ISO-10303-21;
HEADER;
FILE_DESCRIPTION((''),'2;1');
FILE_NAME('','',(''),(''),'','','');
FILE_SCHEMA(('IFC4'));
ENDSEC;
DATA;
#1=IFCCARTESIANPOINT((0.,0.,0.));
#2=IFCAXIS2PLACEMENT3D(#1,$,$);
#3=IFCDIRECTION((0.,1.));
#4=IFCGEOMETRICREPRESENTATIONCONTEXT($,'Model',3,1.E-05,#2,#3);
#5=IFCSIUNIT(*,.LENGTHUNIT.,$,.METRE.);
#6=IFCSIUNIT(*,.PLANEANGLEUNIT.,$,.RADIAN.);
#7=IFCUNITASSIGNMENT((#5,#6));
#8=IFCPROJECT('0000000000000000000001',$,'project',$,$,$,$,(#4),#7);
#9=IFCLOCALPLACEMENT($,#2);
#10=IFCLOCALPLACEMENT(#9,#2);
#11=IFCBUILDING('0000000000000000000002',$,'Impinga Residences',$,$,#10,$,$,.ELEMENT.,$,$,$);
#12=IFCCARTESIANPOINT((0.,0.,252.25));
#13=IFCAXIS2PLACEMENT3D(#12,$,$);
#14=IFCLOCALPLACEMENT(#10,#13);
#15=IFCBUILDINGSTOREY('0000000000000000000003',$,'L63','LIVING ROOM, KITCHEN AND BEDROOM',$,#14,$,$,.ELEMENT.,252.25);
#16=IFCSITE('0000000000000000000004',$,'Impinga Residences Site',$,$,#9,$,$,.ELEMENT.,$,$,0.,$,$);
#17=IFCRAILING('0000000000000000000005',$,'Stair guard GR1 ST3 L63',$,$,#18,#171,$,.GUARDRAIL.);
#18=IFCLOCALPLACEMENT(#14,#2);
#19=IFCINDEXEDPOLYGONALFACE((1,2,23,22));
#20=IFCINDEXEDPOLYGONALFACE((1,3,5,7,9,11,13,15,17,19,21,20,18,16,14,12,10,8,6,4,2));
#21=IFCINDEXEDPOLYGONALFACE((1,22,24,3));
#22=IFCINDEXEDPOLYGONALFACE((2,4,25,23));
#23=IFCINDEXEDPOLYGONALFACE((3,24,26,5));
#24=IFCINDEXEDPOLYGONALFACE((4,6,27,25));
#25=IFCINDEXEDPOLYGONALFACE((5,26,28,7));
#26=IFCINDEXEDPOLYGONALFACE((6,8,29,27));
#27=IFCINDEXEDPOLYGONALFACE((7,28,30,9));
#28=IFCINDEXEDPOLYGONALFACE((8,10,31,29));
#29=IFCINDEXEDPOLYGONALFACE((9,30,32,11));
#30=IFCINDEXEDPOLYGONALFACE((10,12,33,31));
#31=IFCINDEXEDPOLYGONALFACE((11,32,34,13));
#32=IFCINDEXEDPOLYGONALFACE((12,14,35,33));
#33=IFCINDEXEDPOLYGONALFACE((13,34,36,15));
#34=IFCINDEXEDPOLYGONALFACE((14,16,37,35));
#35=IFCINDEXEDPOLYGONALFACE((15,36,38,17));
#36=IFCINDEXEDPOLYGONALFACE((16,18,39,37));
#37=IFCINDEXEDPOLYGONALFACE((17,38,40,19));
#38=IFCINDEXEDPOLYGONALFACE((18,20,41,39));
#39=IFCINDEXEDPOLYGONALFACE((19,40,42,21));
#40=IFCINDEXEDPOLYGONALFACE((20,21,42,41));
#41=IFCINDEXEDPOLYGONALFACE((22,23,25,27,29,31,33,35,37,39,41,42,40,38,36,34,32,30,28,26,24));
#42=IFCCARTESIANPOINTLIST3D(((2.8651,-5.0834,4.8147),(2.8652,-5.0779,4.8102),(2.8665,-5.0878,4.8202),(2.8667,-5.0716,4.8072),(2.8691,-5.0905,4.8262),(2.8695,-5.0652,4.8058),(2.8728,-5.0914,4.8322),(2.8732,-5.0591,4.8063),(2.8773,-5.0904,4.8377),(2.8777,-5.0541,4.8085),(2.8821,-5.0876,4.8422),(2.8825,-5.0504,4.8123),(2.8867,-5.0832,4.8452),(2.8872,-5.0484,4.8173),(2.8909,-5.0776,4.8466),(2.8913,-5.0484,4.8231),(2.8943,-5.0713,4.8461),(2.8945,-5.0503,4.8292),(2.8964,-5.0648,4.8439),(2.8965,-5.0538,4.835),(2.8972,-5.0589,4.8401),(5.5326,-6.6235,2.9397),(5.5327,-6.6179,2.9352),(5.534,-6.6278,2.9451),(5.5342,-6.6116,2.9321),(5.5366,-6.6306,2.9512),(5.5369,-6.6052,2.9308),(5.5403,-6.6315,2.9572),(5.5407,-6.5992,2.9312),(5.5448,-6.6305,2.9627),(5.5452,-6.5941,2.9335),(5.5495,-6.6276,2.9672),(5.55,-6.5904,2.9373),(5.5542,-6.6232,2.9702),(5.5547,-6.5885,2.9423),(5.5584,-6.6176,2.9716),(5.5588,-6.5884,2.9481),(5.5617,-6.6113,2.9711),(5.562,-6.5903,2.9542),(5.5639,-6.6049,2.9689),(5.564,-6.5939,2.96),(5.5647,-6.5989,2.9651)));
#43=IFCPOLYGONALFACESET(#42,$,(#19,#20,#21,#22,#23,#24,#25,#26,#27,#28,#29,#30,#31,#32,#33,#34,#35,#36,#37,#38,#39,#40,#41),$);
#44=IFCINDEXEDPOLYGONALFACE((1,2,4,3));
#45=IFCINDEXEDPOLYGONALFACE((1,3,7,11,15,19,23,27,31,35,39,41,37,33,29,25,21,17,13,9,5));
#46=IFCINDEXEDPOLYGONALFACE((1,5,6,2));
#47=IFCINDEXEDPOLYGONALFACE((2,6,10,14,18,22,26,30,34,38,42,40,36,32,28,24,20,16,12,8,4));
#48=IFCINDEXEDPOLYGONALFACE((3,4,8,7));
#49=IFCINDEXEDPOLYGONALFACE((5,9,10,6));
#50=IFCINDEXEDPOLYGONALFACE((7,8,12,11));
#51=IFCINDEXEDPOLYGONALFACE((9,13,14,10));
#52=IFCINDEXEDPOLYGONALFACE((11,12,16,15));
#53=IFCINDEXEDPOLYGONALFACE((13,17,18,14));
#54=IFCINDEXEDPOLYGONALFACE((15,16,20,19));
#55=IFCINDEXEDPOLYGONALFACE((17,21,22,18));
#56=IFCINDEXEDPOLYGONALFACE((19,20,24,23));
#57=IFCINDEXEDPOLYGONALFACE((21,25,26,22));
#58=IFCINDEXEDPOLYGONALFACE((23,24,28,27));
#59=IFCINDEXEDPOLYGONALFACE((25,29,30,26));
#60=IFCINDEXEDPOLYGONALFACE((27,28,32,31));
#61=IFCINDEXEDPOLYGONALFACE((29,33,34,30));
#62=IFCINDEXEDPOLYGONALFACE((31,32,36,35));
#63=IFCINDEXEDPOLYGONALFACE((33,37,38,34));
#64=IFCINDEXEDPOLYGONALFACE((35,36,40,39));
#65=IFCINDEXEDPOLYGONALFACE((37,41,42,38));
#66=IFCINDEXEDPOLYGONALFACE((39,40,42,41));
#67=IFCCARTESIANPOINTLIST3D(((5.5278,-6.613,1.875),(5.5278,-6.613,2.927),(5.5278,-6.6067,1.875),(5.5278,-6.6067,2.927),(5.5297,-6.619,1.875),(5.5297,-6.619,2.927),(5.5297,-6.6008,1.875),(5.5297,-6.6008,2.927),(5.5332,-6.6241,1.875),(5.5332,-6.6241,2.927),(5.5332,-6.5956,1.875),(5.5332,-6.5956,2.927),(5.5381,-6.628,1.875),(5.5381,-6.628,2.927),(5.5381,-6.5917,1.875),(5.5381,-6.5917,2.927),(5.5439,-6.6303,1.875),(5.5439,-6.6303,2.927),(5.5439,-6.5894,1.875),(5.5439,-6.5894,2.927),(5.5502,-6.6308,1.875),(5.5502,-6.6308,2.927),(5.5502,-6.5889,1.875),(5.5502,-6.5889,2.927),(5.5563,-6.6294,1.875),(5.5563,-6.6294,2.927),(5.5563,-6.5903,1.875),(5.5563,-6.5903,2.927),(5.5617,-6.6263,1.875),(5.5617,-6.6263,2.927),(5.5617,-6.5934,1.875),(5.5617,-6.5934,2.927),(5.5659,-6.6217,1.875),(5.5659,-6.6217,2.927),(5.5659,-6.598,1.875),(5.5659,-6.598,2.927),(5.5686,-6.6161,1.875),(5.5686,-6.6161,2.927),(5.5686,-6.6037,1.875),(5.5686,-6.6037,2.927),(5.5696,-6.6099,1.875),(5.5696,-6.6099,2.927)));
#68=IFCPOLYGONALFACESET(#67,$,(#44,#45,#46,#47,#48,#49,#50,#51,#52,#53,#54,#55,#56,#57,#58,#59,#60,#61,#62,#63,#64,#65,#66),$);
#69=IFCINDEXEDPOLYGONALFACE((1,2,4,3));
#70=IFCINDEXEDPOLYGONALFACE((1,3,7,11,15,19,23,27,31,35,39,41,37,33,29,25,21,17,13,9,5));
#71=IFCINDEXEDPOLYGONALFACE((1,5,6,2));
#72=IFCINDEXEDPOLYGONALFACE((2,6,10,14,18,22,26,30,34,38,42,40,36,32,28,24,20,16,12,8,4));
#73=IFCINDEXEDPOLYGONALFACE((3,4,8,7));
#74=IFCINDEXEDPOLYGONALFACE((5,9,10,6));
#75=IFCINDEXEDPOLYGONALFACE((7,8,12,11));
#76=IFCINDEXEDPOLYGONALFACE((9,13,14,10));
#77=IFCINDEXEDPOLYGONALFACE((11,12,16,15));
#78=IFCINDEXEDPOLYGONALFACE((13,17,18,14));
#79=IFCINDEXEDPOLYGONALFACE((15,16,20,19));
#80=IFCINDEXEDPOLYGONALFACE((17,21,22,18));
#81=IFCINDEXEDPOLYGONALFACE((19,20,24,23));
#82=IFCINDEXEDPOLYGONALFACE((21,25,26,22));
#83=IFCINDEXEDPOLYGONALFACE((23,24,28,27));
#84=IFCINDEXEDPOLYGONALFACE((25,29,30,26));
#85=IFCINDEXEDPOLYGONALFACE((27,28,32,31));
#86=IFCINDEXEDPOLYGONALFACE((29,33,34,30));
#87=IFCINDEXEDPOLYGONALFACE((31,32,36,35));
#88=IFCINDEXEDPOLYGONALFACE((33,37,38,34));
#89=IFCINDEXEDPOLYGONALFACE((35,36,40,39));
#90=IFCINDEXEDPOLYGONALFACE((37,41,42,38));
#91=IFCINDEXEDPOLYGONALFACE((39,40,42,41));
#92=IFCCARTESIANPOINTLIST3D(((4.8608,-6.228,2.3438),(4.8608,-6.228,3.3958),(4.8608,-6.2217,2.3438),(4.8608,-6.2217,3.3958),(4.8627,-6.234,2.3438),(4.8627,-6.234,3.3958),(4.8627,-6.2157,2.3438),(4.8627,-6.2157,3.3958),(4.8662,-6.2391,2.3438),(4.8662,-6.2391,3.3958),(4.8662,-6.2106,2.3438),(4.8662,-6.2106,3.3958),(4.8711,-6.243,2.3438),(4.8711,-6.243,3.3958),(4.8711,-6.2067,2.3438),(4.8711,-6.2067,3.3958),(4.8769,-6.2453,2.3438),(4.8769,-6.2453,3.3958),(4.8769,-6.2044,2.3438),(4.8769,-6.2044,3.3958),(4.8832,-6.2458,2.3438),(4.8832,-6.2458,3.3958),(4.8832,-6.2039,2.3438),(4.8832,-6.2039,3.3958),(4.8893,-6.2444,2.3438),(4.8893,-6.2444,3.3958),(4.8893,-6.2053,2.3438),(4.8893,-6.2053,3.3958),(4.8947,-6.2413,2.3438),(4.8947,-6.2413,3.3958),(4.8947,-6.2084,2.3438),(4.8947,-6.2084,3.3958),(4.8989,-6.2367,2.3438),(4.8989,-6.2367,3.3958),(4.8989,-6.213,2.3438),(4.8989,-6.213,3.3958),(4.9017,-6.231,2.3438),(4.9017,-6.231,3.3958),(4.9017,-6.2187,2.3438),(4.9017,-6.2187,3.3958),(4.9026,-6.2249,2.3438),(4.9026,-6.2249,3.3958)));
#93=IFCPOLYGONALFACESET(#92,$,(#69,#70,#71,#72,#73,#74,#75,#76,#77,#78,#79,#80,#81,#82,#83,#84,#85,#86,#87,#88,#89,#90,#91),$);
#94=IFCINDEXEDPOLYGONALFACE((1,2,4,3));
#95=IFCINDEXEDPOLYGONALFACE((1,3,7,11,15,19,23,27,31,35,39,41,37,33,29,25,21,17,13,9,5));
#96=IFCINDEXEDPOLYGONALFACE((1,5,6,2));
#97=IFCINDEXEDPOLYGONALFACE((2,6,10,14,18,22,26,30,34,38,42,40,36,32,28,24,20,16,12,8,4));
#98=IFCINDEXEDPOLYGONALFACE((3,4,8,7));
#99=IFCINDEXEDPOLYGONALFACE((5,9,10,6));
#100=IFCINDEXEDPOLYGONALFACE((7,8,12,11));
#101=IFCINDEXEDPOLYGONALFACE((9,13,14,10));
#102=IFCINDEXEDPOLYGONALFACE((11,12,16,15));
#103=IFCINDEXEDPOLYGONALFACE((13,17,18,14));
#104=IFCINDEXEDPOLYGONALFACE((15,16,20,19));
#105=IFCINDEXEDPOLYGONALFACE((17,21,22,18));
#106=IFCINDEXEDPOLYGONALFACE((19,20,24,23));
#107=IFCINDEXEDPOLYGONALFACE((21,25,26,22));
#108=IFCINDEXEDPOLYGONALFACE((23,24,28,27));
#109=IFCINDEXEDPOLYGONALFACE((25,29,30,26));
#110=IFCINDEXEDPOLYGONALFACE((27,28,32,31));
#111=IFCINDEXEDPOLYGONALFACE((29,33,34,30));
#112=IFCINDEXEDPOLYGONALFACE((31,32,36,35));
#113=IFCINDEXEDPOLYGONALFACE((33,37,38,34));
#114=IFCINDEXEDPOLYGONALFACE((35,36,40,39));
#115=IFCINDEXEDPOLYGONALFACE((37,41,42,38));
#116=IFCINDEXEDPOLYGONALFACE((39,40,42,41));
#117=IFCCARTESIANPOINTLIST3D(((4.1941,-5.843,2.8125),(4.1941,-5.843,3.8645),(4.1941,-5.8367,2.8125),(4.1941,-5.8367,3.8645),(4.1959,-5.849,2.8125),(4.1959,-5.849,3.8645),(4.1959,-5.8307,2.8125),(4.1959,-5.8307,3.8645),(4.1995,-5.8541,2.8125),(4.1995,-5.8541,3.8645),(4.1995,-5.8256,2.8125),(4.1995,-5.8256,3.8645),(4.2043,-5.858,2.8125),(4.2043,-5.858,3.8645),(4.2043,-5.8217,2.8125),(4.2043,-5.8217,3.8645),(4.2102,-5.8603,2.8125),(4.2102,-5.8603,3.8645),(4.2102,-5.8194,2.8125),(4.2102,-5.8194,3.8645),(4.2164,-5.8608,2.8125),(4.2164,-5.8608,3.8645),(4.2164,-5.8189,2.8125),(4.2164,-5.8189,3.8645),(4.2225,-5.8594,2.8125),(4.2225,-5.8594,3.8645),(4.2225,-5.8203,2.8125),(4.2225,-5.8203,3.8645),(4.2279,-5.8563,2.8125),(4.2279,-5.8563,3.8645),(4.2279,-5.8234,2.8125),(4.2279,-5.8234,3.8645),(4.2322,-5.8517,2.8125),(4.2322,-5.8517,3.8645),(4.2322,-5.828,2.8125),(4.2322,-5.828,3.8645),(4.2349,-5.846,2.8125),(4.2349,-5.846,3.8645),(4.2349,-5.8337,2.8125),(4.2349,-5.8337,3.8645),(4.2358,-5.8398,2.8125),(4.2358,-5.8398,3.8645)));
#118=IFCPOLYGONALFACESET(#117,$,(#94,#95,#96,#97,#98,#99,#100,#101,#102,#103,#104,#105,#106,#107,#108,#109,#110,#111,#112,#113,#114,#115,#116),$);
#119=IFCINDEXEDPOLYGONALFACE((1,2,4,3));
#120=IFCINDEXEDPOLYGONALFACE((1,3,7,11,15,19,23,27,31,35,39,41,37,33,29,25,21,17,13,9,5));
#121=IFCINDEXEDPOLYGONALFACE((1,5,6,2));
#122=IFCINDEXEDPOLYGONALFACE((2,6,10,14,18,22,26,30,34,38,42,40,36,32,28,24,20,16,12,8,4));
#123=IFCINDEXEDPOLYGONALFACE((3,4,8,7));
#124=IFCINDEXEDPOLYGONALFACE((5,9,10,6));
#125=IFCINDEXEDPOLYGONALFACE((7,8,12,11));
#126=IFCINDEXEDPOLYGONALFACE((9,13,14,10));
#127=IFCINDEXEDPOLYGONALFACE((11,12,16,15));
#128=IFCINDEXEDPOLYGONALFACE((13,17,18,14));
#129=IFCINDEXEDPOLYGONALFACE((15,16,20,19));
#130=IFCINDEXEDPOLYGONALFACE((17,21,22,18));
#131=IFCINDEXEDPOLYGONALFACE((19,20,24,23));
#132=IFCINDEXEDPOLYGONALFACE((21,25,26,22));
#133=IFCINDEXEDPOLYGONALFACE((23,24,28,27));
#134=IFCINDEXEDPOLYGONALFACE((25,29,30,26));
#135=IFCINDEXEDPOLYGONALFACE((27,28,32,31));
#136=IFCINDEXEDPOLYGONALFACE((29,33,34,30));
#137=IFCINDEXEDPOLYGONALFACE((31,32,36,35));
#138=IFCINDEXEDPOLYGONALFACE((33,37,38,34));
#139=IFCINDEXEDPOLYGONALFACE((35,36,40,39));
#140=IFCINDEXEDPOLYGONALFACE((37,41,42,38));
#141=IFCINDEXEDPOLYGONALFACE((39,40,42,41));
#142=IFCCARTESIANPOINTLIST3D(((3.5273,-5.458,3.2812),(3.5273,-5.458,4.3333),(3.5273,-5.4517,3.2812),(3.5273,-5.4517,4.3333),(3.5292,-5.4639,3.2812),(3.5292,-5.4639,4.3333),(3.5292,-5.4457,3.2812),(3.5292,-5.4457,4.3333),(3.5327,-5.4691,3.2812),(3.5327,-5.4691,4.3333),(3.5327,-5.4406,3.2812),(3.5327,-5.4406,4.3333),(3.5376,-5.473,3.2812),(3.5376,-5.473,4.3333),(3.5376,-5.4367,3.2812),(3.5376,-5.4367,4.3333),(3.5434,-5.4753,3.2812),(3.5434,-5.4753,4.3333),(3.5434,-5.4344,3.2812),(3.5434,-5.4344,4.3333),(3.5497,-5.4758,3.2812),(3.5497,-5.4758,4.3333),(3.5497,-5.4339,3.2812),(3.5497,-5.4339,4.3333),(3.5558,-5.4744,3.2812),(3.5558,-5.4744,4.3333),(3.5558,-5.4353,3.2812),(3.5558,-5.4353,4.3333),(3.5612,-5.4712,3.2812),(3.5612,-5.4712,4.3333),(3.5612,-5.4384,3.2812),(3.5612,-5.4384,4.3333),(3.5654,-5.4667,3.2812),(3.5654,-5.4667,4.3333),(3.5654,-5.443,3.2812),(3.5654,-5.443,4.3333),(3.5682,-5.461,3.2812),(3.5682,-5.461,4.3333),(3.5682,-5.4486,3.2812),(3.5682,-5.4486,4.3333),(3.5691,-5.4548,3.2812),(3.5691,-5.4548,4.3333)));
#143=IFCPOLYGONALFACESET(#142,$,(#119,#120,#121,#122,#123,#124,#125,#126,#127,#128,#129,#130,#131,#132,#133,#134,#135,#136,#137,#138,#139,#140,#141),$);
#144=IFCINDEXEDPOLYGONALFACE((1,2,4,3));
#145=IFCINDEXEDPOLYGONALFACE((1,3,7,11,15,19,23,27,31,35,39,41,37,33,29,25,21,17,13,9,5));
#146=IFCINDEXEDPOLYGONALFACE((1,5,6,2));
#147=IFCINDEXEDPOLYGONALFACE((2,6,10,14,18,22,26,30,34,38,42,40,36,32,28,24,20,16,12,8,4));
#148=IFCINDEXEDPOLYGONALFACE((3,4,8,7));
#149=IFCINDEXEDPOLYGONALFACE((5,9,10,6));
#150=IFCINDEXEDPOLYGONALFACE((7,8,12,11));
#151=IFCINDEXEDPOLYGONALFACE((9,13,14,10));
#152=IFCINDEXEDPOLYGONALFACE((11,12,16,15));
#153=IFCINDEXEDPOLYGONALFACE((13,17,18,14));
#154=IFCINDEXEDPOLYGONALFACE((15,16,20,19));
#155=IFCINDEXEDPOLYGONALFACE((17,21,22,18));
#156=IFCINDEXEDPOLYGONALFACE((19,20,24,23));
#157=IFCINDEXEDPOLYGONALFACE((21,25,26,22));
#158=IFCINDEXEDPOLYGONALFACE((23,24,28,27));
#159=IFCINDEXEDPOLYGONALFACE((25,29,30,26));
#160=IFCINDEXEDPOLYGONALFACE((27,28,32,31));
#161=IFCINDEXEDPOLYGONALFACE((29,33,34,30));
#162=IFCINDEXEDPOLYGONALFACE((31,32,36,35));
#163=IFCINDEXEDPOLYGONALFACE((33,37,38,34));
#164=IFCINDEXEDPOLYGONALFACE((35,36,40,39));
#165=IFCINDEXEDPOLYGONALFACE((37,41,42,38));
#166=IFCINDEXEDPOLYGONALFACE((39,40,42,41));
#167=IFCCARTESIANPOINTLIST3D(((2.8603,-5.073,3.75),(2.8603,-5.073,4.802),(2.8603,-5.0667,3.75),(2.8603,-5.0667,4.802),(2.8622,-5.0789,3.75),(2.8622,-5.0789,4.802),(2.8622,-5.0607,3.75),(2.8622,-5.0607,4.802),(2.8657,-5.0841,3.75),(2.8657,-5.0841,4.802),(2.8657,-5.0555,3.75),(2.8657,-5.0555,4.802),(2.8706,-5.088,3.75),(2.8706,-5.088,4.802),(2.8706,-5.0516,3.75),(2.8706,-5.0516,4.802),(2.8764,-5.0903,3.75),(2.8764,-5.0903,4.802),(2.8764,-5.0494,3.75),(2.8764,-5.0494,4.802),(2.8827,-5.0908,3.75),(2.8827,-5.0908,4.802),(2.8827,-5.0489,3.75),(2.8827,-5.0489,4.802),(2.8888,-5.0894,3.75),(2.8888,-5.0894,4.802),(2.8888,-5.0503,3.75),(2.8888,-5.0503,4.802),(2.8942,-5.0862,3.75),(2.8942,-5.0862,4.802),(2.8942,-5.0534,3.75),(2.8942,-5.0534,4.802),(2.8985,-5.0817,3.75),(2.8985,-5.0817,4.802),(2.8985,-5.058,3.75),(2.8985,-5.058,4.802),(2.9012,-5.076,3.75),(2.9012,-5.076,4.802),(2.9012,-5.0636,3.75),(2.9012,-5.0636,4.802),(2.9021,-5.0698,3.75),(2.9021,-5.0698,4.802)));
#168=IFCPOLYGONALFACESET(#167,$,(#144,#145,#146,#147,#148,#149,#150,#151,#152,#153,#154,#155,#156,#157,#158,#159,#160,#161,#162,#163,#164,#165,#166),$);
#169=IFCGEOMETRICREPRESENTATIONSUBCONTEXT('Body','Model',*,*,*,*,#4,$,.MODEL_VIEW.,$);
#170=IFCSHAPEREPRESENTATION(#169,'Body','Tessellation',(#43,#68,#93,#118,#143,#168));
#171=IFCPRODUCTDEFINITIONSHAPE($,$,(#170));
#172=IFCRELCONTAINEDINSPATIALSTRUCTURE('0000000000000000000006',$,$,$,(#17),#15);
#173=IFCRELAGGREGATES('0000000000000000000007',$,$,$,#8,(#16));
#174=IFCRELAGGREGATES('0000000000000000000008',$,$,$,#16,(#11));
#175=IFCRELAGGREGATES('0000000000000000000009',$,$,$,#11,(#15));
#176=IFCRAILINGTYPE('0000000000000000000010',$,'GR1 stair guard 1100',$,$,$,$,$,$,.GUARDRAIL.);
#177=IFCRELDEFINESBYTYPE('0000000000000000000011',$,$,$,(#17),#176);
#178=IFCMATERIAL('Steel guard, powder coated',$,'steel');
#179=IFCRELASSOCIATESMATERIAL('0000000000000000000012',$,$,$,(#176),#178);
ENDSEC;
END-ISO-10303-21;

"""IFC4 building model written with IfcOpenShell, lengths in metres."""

from ifc_helpers import new_model, si_unit, direction, frame, origin, origin_2d, place, context, subcontext, project, spatial, circle, extrude, material, type_object, element, save


model = new_model("IFC4")

# Units and contexts
model_context = context("Model", 3, precision=1e-05, world=origin(), true_north=direction((0.0, 1.0)))
body_context = subcontext(model_context, "Body", "Model", "MODEL_VIEW")
ifc_project = project(units=[si_unit("LENGTHUNIT", "METRE"), si_unit("PLANEANGLEUNIT", "RADIAN")], contexts=[model_context])

# Site, building, storey
site_placement = place(None, origin())
site = spatial("IfcSite", under=ifc_project, at=site_placement, Name="Impinga Residences Site", CompositionType="ELEMENT", RefElevation=0.0)
building_placement = place(site_placement, origin())
building = spatial("IfcBuilding", under=site, at=building_placement, Name="Impinga Residences", CompositionType="ELEMENT")
storey_placement = place(building_placement, frame((0.0, 0.0, 252.25)))
storey = spatial("IfcBuildingStorey", under=building, at=storey_placement, Name="L63", Description="LIVING ROOM, KITCHEN AND BEDROOM", CompositionType="ELEMENT", Elevation=252.25)

# Railing
ifc_material_1 = material(Name="Steel guard, powder coated", Category="steel")
railing_type_1 = type_object("IfcRailingType", Name="GR1 stair guard 1100", PredefinedType="GUARDRAIL", material=ifc_material_1)
railing_1_placement = place(storey_placement, frame((5.5486, -6.6099, 1.875)))
element("IfcRailing", 1, at=railing_1_placement, inside=storey, type_object=railing_type_1, Name="Stair guard GR1 ST3 L63", PredefinedType="GUARDRAIL", context=body_context, shape_type="SweptSolid", body=[
    extrude(circle(Radius=0.0239, at=origin_2d()), frame((0.0, 0.0, 1.0762), z_axis=(-0.739746, 0.427084, 0.519975), x_axis=(-0.499992, -0.86603, 0.0)), (0.0, 0.0, 1.0), 3.606),
    extrude(circle(Radius=0.021, at=origin_2d()), origin(), (0.0, 0.0, 1.0), 1.052),
    extrude(circle(Radius=0.021, at=origin_2d()), frame((-0.667, 0.385, 0.4688)), (0.0, 0.0, 1.0), 1.052),
    extrude(circle(Radius=0.021, at=origin_2d()), frame((-1.3337, 0.77, 0.9375)), (0.0, 0.0, 1.0), 1.052),
    extrude(circle(Radius=0.021, at=origin_2d()), frame((-2.0005, 1.155, 1.4062)), (0.0, 0.0, 1.0), 1.052),
    extrude(circle(Radius=0.021, at=origin_2d()), frame((-2.6675, 1.54, 1.875)), (0.0, 0.0, 1.0), 1.052),
])

save(model, "model.ifc")
